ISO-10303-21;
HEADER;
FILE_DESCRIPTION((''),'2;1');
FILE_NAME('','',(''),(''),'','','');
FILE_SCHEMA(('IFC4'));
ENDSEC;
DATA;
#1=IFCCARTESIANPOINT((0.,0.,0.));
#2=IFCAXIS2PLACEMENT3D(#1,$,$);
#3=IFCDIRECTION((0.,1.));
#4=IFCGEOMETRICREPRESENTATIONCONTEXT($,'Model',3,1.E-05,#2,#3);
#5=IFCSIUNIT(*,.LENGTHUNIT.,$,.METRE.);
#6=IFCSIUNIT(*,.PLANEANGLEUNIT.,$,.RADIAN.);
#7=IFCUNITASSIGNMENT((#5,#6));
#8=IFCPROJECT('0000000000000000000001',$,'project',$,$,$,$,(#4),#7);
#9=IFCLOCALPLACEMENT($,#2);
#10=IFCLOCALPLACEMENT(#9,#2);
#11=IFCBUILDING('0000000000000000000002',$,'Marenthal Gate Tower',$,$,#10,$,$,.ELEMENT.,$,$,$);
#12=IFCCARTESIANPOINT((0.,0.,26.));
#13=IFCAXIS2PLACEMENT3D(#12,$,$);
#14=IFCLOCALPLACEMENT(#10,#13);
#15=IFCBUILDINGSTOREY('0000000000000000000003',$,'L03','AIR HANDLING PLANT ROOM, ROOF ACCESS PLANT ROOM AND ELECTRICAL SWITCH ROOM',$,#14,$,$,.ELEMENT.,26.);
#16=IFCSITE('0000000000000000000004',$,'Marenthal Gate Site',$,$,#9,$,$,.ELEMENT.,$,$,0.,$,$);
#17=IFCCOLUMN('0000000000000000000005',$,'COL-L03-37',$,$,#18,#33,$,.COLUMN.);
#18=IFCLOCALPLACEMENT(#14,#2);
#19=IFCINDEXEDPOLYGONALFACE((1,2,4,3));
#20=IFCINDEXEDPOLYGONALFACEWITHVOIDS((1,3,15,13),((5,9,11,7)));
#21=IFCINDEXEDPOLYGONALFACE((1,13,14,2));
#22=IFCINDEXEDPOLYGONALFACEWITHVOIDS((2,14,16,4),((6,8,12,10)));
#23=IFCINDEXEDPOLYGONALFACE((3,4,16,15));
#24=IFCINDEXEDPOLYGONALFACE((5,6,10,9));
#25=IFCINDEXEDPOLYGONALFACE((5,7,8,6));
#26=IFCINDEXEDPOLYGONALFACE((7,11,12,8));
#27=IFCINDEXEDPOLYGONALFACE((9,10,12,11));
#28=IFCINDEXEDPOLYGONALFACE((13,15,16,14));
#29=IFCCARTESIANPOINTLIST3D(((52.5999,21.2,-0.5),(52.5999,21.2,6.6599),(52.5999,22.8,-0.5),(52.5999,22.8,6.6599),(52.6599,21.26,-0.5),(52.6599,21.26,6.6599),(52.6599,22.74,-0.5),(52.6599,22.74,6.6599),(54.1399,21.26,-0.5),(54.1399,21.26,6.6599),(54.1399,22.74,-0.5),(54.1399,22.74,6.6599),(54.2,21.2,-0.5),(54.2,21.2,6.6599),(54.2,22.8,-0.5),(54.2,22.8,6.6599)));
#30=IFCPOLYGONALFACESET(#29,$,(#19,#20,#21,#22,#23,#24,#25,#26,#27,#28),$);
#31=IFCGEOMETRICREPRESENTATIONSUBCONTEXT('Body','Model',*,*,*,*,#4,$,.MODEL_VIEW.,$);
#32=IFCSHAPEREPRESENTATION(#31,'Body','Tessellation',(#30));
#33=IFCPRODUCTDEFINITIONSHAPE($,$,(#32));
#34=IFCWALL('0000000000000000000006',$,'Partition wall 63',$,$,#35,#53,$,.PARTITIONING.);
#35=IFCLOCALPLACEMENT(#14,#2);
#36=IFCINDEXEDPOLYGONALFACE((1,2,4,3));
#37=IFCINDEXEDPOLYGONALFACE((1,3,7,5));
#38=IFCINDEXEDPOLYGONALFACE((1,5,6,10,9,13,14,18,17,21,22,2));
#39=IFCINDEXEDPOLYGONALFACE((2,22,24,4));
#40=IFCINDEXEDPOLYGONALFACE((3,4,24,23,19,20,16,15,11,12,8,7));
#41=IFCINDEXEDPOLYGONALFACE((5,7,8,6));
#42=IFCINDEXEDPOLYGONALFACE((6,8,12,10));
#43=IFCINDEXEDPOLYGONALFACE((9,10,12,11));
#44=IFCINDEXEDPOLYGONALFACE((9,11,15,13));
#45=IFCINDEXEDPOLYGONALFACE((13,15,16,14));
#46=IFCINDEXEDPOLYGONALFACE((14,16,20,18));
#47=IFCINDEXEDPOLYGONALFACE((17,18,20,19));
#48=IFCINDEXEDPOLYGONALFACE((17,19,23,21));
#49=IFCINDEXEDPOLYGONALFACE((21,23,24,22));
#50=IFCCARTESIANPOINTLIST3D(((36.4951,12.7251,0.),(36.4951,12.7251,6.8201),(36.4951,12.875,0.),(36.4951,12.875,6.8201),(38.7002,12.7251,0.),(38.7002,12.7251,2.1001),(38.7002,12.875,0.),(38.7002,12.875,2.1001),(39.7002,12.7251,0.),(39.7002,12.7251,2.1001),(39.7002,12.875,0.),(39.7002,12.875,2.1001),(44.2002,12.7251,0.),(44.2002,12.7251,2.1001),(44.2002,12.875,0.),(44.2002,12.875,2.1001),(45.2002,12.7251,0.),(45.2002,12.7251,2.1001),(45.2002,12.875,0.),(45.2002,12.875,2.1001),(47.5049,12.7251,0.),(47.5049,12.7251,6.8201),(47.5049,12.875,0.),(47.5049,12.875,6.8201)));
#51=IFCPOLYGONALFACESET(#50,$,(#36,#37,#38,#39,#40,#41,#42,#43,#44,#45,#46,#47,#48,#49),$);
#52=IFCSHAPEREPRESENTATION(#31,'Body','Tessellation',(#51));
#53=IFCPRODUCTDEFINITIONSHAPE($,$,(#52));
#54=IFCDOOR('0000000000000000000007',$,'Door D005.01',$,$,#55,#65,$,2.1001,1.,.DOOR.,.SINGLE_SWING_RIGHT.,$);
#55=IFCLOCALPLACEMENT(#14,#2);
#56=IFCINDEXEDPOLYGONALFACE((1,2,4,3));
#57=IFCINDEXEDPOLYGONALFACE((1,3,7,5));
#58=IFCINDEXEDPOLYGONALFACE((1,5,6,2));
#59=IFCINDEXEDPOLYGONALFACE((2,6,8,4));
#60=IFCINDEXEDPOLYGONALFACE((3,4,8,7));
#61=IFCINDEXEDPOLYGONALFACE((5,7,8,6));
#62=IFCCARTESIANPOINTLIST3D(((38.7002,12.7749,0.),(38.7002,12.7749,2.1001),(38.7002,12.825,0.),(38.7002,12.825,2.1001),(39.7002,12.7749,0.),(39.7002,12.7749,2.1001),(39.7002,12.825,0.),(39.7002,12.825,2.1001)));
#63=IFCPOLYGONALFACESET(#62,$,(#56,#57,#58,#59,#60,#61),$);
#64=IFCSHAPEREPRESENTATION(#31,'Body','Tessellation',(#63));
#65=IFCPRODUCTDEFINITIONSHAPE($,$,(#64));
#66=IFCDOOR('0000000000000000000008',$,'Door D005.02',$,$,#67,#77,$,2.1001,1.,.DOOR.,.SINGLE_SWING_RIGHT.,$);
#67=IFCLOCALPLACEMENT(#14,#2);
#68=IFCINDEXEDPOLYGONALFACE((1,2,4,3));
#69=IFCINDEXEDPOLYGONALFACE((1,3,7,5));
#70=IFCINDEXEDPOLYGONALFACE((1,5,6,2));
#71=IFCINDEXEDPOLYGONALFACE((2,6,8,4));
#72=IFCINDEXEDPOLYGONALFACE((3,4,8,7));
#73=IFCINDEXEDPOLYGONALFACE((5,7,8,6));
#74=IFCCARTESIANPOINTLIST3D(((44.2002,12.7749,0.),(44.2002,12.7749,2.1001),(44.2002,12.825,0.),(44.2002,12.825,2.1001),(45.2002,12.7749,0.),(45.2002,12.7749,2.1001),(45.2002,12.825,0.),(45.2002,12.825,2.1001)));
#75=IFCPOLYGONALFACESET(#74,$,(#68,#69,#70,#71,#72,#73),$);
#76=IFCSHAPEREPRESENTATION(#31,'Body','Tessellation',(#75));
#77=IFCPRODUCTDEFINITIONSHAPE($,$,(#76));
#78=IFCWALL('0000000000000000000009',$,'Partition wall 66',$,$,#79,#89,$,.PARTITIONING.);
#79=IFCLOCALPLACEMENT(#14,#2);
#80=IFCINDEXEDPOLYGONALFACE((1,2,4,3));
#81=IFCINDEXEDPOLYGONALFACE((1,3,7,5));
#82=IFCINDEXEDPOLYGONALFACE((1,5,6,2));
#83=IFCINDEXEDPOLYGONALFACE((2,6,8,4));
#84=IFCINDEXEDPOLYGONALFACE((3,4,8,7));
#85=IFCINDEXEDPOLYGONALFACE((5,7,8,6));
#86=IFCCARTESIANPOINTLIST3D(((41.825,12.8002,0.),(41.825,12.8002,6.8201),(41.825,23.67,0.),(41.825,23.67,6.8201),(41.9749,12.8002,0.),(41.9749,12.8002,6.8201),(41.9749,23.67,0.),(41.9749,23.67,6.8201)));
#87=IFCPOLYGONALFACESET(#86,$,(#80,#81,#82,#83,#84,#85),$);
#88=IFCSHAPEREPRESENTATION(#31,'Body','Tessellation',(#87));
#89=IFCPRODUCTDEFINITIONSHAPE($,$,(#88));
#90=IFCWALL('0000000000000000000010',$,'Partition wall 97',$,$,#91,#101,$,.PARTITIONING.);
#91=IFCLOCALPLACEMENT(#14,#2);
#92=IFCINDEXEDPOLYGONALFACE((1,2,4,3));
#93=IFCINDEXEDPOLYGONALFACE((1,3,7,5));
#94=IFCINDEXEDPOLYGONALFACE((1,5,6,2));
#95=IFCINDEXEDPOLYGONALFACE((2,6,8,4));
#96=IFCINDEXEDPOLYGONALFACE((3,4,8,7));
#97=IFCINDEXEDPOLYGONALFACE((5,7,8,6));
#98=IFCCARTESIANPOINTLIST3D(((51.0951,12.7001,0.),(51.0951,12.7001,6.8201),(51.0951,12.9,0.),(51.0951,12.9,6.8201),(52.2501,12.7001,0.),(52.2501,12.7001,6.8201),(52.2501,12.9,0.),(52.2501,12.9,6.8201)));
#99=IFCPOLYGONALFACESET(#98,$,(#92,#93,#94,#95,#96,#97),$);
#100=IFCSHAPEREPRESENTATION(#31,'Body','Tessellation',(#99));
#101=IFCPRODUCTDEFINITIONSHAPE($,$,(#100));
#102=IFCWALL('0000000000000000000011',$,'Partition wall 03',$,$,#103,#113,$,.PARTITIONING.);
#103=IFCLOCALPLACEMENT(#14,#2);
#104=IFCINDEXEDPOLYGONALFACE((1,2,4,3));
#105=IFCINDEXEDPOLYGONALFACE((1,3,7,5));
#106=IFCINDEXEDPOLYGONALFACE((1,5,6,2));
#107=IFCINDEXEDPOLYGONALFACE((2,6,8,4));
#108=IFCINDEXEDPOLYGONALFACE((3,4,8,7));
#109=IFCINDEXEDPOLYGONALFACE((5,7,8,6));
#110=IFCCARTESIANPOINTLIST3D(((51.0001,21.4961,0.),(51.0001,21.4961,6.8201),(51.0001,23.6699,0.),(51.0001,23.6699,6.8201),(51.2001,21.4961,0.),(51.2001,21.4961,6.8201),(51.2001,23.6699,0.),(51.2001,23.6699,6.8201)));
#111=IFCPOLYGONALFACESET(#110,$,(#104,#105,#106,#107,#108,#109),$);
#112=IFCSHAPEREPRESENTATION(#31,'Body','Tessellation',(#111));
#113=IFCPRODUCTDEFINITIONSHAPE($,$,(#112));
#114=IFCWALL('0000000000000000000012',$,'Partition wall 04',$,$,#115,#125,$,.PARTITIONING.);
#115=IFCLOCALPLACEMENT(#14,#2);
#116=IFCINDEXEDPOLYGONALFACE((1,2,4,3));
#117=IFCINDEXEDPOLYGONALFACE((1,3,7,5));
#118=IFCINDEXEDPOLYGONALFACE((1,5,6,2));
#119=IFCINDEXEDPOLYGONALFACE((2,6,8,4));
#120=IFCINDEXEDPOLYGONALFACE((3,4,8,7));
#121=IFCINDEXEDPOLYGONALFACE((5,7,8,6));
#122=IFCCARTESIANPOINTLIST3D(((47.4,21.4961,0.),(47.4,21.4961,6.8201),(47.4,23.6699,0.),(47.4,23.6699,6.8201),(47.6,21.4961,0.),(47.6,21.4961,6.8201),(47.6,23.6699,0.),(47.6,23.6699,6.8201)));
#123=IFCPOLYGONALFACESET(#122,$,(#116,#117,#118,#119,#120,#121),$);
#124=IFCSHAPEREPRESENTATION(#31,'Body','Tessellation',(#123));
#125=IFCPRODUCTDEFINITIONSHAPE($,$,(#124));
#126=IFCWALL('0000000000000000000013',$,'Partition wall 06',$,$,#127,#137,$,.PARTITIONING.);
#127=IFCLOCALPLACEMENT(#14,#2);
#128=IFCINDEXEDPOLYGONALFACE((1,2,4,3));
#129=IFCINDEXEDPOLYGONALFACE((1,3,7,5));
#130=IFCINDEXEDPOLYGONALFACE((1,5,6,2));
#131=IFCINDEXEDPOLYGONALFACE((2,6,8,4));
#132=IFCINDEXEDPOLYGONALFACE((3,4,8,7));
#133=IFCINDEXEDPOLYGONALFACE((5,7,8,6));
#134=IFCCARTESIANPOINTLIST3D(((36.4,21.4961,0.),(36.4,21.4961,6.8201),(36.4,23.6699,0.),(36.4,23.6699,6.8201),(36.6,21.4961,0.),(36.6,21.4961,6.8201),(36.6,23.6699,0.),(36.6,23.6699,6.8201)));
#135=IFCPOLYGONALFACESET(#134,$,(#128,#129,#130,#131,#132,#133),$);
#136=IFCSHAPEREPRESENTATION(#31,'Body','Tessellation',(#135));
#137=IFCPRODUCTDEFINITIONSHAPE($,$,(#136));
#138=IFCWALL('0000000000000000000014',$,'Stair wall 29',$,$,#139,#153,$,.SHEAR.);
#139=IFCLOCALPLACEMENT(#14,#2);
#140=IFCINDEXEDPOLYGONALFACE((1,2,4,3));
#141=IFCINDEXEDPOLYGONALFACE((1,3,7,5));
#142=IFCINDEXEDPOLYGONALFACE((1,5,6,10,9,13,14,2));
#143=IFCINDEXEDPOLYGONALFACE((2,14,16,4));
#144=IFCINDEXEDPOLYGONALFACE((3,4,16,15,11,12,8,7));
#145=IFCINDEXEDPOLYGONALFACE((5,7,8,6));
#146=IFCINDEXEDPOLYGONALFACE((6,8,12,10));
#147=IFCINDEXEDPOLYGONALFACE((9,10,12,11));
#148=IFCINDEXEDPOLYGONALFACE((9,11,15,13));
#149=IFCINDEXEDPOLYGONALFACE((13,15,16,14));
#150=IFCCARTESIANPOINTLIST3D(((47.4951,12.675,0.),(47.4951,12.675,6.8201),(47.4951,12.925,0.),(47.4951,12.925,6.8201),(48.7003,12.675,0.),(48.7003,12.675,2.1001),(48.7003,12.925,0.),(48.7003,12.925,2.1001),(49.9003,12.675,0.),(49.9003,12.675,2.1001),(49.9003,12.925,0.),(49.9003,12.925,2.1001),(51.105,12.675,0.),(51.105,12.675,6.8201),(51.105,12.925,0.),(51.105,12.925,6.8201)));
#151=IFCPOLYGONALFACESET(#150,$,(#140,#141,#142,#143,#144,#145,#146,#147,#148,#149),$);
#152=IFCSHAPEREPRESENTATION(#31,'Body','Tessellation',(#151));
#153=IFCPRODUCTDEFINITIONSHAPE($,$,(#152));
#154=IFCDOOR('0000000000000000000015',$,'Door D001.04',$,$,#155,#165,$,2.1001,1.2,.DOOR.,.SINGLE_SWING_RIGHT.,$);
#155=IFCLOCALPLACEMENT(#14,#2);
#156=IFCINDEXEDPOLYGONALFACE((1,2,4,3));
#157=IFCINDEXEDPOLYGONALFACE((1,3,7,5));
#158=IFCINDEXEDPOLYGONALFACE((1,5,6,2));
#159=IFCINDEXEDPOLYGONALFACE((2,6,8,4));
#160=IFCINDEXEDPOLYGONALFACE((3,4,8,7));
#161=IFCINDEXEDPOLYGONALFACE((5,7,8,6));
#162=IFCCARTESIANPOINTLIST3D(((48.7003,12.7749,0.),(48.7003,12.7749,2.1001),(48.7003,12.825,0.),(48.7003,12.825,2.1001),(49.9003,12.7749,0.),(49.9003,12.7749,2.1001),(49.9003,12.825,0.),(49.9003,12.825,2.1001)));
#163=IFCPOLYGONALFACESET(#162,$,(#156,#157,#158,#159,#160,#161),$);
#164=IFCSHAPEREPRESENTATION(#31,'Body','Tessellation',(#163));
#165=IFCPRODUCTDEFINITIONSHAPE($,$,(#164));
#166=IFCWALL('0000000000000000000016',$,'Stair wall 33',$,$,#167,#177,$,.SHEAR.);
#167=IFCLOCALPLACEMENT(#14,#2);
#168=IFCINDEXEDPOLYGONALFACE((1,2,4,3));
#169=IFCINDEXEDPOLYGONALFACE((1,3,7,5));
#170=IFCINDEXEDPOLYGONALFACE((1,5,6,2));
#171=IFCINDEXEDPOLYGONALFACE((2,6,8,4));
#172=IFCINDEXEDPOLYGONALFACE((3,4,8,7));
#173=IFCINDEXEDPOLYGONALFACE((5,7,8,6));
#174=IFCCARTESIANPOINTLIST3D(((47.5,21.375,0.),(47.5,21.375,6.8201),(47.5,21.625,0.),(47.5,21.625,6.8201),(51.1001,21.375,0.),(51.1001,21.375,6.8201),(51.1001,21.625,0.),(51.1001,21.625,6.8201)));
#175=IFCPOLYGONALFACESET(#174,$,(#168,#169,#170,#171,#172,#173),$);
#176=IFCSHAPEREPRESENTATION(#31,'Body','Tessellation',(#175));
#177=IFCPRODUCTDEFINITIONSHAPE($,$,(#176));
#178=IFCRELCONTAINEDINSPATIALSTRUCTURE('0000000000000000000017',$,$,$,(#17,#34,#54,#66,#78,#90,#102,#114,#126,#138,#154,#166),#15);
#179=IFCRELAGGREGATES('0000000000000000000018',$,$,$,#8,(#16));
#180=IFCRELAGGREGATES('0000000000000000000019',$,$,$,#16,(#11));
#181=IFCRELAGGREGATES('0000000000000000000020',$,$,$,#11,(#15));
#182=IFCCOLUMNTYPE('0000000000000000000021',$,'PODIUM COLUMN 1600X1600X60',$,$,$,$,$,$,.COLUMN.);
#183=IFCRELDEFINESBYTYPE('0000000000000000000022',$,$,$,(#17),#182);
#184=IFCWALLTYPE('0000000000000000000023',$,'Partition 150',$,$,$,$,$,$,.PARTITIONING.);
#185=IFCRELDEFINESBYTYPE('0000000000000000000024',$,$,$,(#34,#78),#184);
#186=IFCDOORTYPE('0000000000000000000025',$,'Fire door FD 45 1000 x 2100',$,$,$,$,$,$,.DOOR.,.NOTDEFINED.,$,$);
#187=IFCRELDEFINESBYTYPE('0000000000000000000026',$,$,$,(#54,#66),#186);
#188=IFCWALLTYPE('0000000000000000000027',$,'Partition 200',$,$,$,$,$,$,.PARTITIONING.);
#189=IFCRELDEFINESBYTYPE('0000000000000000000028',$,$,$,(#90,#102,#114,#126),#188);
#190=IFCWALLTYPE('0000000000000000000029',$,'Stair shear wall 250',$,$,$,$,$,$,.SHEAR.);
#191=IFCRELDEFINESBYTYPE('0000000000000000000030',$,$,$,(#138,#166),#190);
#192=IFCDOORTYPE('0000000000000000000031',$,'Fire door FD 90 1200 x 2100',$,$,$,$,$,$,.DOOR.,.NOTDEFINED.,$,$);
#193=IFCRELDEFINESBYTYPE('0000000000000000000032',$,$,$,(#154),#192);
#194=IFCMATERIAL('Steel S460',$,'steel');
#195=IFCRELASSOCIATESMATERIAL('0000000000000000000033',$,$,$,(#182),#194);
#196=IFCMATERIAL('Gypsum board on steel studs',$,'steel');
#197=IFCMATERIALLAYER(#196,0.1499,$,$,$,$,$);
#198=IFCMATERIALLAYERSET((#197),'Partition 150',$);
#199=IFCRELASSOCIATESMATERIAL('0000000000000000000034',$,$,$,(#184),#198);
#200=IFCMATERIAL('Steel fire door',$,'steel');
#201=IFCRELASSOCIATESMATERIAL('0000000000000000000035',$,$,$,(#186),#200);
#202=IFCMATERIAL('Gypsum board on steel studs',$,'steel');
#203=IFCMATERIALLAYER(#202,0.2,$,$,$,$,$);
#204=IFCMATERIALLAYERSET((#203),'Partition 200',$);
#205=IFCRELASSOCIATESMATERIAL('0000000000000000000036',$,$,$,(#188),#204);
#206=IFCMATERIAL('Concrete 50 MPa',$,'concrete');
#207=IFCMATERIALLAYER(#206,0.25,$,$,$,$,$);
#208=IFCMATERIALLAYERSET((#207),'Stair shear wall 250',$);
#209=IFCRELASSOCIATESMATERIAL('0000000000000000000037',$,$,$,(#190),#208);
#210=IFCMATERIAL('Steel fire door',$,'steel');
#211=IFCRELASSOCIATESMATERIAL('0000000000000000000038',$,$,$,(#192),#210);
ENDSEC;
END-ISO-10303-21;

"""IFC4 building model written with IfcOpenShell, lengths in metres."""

from ifc_helpers import new_model, si_unit, direction, frame, frame_2d, origin, origin_2d, place, context, subcontext, project, spatial, rectangle, hollow_rectangle, extrude, material, layer, layer_set, material_profile, profile_set, type_object, element, fill, save


model = new_model("IFC4")

# Units and contexts
model_context = context("Model", 3, precision=1e-05, world=origin(), true_north=direction((0.0, 1.0)))
body_context = subcontext(model_context, "Body", "Model", "MODEL_VIEW")
ifc_project = project(units=[si_unit("LENGTHUNIT", "METRE"), si_unit("PLANEANGLEUNIT", "RADIAN")], contexts=[model_context])

# Site, building, storey
site_placement = place(None, origin())
site = spatial("IfcSite", under=ifc_project, at=site_placement, Name="Marenthal Gate Site", CompositionType="ELEMENT", RefElevation=0.0)
building_placement = place(site_placement, origin())
building = spatial("IfcBuilding", under=site, at=building_placement, Name="Marenthal Gate Tower", CompositionType="ELEMENT")
storey_placement = place(building_placement, frame((0.0, 0.0, 26.0)))
storey = spatial("IfcBuildingStorey", under=building, at=storey_placement, Name="L03", Description="AIR HANDLING PLANT ROOM, ROOF ACCESS PLANT ROOM AND ELECTRICAL SWITCH ROOM", CompositionType="ELEMENT", Elevation=26.0)

# Column
ifc_material_1 = material(Name="Steel S460", Category="steel")
ifc_material_profile_1 = material_profile(ifc_material_1, hollow_rectangle(XDim=1.6001, YDim=1.6001, WallThickness=0.0601, at=origin_2d()), Name="CFT BOX 1600X1600X60")
ifc_material_2 = material(Name="Concrete 70 MPa", Category="concrete")
ifc_material_profile_2 = material_profile(ifc_material_2, rectangle(XDim=1.48, YDim=1.48, at=origin_2d()), Name="CFT BOX 1600X1600X60 INFILL")
ifc_profile_set = profile_set([ifc_material_profile_1, ifc_material_profile_2], Name="Steel S460 shell, Concrete 70 MPa infill")
column_type = type_object("IfcColumnType", Name="PODIUM COLUMN 1600X1600X60", PredefinedType="COLUMN", material=ifc_profile_set)
column_placement = place(storey_placement, frame((53.3999, 22.0, -0.5), z_axis=(0.0, 0.0, 1.0), x_axis=(1.0, 0.0, 0.0)))
element("IfcColumn", 1, at=column_placement, inside=storey, type_object=column_type, Name="COL-L03-37", PredefinedType="COLUMN", context=body_context, shape_type="SweptSolid", body=[
    extrude(hollow_rectangle(XDim=1.6001, YDim=1.6001, WallThickness=0.0601, at=origin_2d()), origin(), (0.0, 0.0, 1.0), 7.1599),
])

# Wall, openings, doors
ifc_material_3 = material(Name="Gypsum board on steel studs", Category="steel")
ifc_layer_1 = layer(ifc_material_3, 0.1499)
ifc_layer_set_1 = layer_set([ifc_layer_1], Name="Partition 150")
wall_type_1 = type_object("IfcWallType", Name="Partition 150", PredefinedType="PARTITIONING", material=ifc_layer_set_1)
wall_1_placement = place(storey_placement, frame((36.4951, 12.8, 0.0), z_axis=(0.0, 0.0, 1.0), x_axis=(1.0, 0.0, 0.0)))
wall_1 = element("IfcWall", 2, at=wall_1_placement, inside=storey, type_object=wall_type_1, Name="Partition wall 63", PredefinedType="PARTITIONING", context=body_context, shape_type="SweptSolid", body=[
    extrude(rectangle(XDim=11.0098, YDim=0.1499, at=frame_2d((5.5049, 0.0))), origin(), (0.0, 0.0, 1.0), 6.8201),
])
opening_1_placement = place(wall_1_placement, frame((2.2051, 0.0, 0.0)))
opening_1 = element("IfcOpeningElement", 3, at=opening_1_placement, cuts=wall_1, PredefinedType="OPENING", context=body_context, shape_type="SweptSolid", body=[
    extrude(rectangle(XDim=1.0, YDim=2.1001, at=frame_2d((0.5, 1.05))), frame((0.0, 0.085, 0.0), z_axis=(0.0, -1.0, 0.0), x_axis=(1.0, 0.0, 0.0)), (0.0, 0.0, 1.0), 0.1699),
])
opening_2_placement = place(wall_1_placement, frame((7.7051, 0.0, 0.0)))
opening_2 = element("IfcOpeningElement", 4, at=opening_2_placement, cuts=wall_1, PredefinedType="OPENING", context=body_context, shape_type="SweptSolid", body=[
    extrude(rectangle(XDim=1.0, YDim=2.1001, at=frame_2d((0.5, 1.05))), frame((0.0, 0.085, 0.0), z_axis=(0.0, -1.0, 0.0), x_axis=(1.0, 0.0, 0.0)), (0.0, 0.0, 1.0), 0.1699),
])
ifc_material_4 = material(Name="Steel fire door", Category="steel")
door_type_1 = type_object("IfcDoorType", Name="Fire door FD 45 1000 x 2100", OperationType="NOTDEFINED", PredefinedType="DOOR", material=ifc_material_4)
door_1_placement = place(opening_1_placement, origin())
door_1 = element("IfcDoor", 5, at=door_1_placement, inside=storey, type_object=door_type_1, Name="Door D005.01", OperationType="SINGLE_SWING_RIGHT", OverallHeight=2.1001, OverallWidth=1.0, PredefinedType="DOOR", context=body_context, shape_type="SweptSolid", body=[
    extrude(rectangle(XDim=1.0, YDim=2.1001, at=frame_2d((0.5, 1.05))), frame((0.0, 0.0249, 0.0), z_axis=(0.0, -1.0, 0.0), x_axis=(1.0, 0.0, 0.0)), (0.0, 0.0, 1.0), 0.05),
])
fill(opening_1, door_1)
door_2_placement = place(opening_2_placement, origin())
door_2 = element("IfcDoor", 6, at=door_2_placement, inside=storey, type_object=door_type_1, Name="Door D005.02", OperationType="SINGLE_SWING_RIGHT", OverallHeight=2.1001, OverallWidth=1.0, PredefinedType="DOOR", context=body_context, shape_type="SweptSolid", body=[
    extrude(rectangle(XDim=1.0, YDim=2.1001, at=frame_2d((0.5, 1.05))), frame((0.0, 0.0249, 0.0), z_axis=(0.0, -1.0, 0.0), x_axis=(1.0, 0.0, 0.0)), (0.0, 0.0, 1.0), 0.05),
])
fill(opening_2, door_2)

# Walls
wall_2_placement = place(storey_placement, frame((41.8999, 12.8, 0.0), z_axis=(0.0, 0.0, 1.0), x_axis=(0.0, 1.0, 0.0)))
element("IfcWall", 7, at=wall_2_placement, inside=storey, type_object=wall_type_1, Name="Partition wall 66", PredefinedType="PARTITIONING", context=body_context, shape_type="SweptSolid", body=[
    extrude(rectangle(XDim=10.8699, YDim=0.1499, at=frame_2d((5.4351, 0.0))), origin(), (0.0, 0.0, 1.0), 6.8201),
])
ifc_material_5 = material(Name="Gypsum board on steel studs", Category="steel")
ifc_layer_2 = layer(ifc_material_5, 0.2)
ifc_layer_set_2 = layer_set([ifc_layer_2], Name="Partition 200")
wall_type_2 = type_object("IfcWallType", Name="Partition 200", PredefinedType="PARTITIONING", material=ifc_layer_set_2)
wall_3_placement = place(storey_placement, frame((51.095, 12.8, 0.0), z_axis=(0.0, 0.0, 1.0), x_axis=(1.0, 0.0, 0.0)))
element("IfcWall", 8, at=wall_3_placement, inside=storey, type_object=wall_type_2, Name="Partition wall 97", PredefinedType="PARTITIONING", context=body_context, shape_type="SweptSolid", body=[
    extrude(rectangle(XDim=1.155, YDim=0.2, at=frame_2d((0.5776, 0.0))), origin(), (0.0, 0.0, 1.0), 6.8201),
])
for number, where, z_axis, x_axis, name in (
    (9, (51.1001, 21.4961, 0.0), (0.0, 0.0, 1.0), (0.0, 1.0, 0.0), "Partition wall 03"),
    (10, (47.5, 21.4961, 0.0), (0.0, 0.0, 1.0), (0.0, 1.0, 0.0), "Partition wall 04"),
    (11, (36.5, 21.4961, 0.0), (0.0, 0.0, 1.0), (0.0, 1.0, 0.0), "Partition wall 06"),
):
    element("IfcWall", number, at=place(storey_placement, frame(where, z_axis=z_axis, x_axis=x_axis)), inside=storey, type_object=wall_type_2, Name=name, PredefinedType="PARTITIONING", context=body_context, shape_type="SweptSolid", body=[
        extrude(rectangle(XDim=2.1738, YDim=0.2, at=frame_2d((1.0869, 0.0))), origin(), (0.0, 0.0, 1.0), 6.8201),
    ])

# Wall, opening, door
ifc_material_6 = material(Name="Concrete 50 MPa", Category="concrete")
ifc_layer_3 = layer(ifc_material_6, 0.25)
ifc_layer_set_3 = layer_set([ifc_layer_3], Name="Stair shear wall 250")
wall_type_3 = type_object("IfcWallType", Name="Stair shear wall 250", PredefinedType="SHEAR", material=ifc_layer_set_3)
wall_4_placement = place(storey_placement, frame((47.4951, 12.8, 0.0), z_axis=(0.0, 0.0, 1.0), x_axis=(1.0, 0.0, 0.0)))
wall_4 = element("IfcWall", 12, at=wall_4_placement, inside=storey, type_object=wall_type_3, Name="Stair wall 29", PredefinedType="SHEAR", context=body_context, shape_type="SweptSolid", body=[
    extrude(rectangle(XDim=3.6099, YDim=0.25, at=frame_2d((1.8049, 0.0))), origin(), (0.0, 0.0, 1.0), 6.8201),
])
opening_3_placement = place(wall_4_placement, frame((1.2051, 0.0, 0.0)))
opening_3 = element("IfcOpeningElement", 13, at=opening_3_placement, cuts=wall_4, PredefinedType="OPENING", context=body_context, shape_type="SweptSolid", body=[
    extrude(rectangle(XDim=1.2, YDim=2.1001, at=frame_2d((0.6001, 1.05))), frame((0.0, 0.135, 0.0), z_axis=(0.0, -1.0, 0.0), x_axis=(1.0, 0.0, 0.0)), (0.0, 0.0, 1.0), 0.27),
])
ifc_material_7 = material(Name="Steel fire door", Category="steel")
door_type_2 = type_object("IfcDoorType", Name="Fire door FD 90 1200 x 2100", OperationType="NOTDEFINED", PredefinedType="DOOR", material=ifc_material_7)
door_3_placement = place(opening_3_placement, origin())
door_3 = element("IfcDoor", 14, at=door_3_placement, inside=storey, type_object=door_type_2, Name="Door D001.04", OperationType="SINGLE_SWING_RIGHT", OverallHeight=2.1001, OverallWidth=1.2, PredefinedType="DOOR", context=body_context, shape_type="SweptSolid", body=[
    extrude(rectangle(XDim=1.2, YDim=2.1001, at=frame_2d((0.6001, 1.05))), frame((0.0, 0.0249, 0.0), z_axis=(0.0, -1.0, 0.0), x_axis=(1.0, 0.0, 0.0)), (0.0, 0.0, 1.0), 0.05),
])
fill(opening_3, door_3)

# Wall
wall_5_placement = place(storey_placement, frame((47.5, 21.5, 0.0), z_axis=(0.0, 0.0, 1.0), x_axis=(1.0, 0.0, 0.0)))
element("IfcWall", 15, at=wall_5_placement, inside=storey, type_object=wall_type_3, Name="Stair wall 33", PredefinedType="SHEAR", context=body_context, shape_type="SweptSolid", body=[
    extrude(rectangle(XDim=3.6001, YDim=0.25, at=frame_2d((1.8, 0.0))), origin(), (0.0, 0.0, 1.0), 6.8201),
])

save(model, "model.ifc")
